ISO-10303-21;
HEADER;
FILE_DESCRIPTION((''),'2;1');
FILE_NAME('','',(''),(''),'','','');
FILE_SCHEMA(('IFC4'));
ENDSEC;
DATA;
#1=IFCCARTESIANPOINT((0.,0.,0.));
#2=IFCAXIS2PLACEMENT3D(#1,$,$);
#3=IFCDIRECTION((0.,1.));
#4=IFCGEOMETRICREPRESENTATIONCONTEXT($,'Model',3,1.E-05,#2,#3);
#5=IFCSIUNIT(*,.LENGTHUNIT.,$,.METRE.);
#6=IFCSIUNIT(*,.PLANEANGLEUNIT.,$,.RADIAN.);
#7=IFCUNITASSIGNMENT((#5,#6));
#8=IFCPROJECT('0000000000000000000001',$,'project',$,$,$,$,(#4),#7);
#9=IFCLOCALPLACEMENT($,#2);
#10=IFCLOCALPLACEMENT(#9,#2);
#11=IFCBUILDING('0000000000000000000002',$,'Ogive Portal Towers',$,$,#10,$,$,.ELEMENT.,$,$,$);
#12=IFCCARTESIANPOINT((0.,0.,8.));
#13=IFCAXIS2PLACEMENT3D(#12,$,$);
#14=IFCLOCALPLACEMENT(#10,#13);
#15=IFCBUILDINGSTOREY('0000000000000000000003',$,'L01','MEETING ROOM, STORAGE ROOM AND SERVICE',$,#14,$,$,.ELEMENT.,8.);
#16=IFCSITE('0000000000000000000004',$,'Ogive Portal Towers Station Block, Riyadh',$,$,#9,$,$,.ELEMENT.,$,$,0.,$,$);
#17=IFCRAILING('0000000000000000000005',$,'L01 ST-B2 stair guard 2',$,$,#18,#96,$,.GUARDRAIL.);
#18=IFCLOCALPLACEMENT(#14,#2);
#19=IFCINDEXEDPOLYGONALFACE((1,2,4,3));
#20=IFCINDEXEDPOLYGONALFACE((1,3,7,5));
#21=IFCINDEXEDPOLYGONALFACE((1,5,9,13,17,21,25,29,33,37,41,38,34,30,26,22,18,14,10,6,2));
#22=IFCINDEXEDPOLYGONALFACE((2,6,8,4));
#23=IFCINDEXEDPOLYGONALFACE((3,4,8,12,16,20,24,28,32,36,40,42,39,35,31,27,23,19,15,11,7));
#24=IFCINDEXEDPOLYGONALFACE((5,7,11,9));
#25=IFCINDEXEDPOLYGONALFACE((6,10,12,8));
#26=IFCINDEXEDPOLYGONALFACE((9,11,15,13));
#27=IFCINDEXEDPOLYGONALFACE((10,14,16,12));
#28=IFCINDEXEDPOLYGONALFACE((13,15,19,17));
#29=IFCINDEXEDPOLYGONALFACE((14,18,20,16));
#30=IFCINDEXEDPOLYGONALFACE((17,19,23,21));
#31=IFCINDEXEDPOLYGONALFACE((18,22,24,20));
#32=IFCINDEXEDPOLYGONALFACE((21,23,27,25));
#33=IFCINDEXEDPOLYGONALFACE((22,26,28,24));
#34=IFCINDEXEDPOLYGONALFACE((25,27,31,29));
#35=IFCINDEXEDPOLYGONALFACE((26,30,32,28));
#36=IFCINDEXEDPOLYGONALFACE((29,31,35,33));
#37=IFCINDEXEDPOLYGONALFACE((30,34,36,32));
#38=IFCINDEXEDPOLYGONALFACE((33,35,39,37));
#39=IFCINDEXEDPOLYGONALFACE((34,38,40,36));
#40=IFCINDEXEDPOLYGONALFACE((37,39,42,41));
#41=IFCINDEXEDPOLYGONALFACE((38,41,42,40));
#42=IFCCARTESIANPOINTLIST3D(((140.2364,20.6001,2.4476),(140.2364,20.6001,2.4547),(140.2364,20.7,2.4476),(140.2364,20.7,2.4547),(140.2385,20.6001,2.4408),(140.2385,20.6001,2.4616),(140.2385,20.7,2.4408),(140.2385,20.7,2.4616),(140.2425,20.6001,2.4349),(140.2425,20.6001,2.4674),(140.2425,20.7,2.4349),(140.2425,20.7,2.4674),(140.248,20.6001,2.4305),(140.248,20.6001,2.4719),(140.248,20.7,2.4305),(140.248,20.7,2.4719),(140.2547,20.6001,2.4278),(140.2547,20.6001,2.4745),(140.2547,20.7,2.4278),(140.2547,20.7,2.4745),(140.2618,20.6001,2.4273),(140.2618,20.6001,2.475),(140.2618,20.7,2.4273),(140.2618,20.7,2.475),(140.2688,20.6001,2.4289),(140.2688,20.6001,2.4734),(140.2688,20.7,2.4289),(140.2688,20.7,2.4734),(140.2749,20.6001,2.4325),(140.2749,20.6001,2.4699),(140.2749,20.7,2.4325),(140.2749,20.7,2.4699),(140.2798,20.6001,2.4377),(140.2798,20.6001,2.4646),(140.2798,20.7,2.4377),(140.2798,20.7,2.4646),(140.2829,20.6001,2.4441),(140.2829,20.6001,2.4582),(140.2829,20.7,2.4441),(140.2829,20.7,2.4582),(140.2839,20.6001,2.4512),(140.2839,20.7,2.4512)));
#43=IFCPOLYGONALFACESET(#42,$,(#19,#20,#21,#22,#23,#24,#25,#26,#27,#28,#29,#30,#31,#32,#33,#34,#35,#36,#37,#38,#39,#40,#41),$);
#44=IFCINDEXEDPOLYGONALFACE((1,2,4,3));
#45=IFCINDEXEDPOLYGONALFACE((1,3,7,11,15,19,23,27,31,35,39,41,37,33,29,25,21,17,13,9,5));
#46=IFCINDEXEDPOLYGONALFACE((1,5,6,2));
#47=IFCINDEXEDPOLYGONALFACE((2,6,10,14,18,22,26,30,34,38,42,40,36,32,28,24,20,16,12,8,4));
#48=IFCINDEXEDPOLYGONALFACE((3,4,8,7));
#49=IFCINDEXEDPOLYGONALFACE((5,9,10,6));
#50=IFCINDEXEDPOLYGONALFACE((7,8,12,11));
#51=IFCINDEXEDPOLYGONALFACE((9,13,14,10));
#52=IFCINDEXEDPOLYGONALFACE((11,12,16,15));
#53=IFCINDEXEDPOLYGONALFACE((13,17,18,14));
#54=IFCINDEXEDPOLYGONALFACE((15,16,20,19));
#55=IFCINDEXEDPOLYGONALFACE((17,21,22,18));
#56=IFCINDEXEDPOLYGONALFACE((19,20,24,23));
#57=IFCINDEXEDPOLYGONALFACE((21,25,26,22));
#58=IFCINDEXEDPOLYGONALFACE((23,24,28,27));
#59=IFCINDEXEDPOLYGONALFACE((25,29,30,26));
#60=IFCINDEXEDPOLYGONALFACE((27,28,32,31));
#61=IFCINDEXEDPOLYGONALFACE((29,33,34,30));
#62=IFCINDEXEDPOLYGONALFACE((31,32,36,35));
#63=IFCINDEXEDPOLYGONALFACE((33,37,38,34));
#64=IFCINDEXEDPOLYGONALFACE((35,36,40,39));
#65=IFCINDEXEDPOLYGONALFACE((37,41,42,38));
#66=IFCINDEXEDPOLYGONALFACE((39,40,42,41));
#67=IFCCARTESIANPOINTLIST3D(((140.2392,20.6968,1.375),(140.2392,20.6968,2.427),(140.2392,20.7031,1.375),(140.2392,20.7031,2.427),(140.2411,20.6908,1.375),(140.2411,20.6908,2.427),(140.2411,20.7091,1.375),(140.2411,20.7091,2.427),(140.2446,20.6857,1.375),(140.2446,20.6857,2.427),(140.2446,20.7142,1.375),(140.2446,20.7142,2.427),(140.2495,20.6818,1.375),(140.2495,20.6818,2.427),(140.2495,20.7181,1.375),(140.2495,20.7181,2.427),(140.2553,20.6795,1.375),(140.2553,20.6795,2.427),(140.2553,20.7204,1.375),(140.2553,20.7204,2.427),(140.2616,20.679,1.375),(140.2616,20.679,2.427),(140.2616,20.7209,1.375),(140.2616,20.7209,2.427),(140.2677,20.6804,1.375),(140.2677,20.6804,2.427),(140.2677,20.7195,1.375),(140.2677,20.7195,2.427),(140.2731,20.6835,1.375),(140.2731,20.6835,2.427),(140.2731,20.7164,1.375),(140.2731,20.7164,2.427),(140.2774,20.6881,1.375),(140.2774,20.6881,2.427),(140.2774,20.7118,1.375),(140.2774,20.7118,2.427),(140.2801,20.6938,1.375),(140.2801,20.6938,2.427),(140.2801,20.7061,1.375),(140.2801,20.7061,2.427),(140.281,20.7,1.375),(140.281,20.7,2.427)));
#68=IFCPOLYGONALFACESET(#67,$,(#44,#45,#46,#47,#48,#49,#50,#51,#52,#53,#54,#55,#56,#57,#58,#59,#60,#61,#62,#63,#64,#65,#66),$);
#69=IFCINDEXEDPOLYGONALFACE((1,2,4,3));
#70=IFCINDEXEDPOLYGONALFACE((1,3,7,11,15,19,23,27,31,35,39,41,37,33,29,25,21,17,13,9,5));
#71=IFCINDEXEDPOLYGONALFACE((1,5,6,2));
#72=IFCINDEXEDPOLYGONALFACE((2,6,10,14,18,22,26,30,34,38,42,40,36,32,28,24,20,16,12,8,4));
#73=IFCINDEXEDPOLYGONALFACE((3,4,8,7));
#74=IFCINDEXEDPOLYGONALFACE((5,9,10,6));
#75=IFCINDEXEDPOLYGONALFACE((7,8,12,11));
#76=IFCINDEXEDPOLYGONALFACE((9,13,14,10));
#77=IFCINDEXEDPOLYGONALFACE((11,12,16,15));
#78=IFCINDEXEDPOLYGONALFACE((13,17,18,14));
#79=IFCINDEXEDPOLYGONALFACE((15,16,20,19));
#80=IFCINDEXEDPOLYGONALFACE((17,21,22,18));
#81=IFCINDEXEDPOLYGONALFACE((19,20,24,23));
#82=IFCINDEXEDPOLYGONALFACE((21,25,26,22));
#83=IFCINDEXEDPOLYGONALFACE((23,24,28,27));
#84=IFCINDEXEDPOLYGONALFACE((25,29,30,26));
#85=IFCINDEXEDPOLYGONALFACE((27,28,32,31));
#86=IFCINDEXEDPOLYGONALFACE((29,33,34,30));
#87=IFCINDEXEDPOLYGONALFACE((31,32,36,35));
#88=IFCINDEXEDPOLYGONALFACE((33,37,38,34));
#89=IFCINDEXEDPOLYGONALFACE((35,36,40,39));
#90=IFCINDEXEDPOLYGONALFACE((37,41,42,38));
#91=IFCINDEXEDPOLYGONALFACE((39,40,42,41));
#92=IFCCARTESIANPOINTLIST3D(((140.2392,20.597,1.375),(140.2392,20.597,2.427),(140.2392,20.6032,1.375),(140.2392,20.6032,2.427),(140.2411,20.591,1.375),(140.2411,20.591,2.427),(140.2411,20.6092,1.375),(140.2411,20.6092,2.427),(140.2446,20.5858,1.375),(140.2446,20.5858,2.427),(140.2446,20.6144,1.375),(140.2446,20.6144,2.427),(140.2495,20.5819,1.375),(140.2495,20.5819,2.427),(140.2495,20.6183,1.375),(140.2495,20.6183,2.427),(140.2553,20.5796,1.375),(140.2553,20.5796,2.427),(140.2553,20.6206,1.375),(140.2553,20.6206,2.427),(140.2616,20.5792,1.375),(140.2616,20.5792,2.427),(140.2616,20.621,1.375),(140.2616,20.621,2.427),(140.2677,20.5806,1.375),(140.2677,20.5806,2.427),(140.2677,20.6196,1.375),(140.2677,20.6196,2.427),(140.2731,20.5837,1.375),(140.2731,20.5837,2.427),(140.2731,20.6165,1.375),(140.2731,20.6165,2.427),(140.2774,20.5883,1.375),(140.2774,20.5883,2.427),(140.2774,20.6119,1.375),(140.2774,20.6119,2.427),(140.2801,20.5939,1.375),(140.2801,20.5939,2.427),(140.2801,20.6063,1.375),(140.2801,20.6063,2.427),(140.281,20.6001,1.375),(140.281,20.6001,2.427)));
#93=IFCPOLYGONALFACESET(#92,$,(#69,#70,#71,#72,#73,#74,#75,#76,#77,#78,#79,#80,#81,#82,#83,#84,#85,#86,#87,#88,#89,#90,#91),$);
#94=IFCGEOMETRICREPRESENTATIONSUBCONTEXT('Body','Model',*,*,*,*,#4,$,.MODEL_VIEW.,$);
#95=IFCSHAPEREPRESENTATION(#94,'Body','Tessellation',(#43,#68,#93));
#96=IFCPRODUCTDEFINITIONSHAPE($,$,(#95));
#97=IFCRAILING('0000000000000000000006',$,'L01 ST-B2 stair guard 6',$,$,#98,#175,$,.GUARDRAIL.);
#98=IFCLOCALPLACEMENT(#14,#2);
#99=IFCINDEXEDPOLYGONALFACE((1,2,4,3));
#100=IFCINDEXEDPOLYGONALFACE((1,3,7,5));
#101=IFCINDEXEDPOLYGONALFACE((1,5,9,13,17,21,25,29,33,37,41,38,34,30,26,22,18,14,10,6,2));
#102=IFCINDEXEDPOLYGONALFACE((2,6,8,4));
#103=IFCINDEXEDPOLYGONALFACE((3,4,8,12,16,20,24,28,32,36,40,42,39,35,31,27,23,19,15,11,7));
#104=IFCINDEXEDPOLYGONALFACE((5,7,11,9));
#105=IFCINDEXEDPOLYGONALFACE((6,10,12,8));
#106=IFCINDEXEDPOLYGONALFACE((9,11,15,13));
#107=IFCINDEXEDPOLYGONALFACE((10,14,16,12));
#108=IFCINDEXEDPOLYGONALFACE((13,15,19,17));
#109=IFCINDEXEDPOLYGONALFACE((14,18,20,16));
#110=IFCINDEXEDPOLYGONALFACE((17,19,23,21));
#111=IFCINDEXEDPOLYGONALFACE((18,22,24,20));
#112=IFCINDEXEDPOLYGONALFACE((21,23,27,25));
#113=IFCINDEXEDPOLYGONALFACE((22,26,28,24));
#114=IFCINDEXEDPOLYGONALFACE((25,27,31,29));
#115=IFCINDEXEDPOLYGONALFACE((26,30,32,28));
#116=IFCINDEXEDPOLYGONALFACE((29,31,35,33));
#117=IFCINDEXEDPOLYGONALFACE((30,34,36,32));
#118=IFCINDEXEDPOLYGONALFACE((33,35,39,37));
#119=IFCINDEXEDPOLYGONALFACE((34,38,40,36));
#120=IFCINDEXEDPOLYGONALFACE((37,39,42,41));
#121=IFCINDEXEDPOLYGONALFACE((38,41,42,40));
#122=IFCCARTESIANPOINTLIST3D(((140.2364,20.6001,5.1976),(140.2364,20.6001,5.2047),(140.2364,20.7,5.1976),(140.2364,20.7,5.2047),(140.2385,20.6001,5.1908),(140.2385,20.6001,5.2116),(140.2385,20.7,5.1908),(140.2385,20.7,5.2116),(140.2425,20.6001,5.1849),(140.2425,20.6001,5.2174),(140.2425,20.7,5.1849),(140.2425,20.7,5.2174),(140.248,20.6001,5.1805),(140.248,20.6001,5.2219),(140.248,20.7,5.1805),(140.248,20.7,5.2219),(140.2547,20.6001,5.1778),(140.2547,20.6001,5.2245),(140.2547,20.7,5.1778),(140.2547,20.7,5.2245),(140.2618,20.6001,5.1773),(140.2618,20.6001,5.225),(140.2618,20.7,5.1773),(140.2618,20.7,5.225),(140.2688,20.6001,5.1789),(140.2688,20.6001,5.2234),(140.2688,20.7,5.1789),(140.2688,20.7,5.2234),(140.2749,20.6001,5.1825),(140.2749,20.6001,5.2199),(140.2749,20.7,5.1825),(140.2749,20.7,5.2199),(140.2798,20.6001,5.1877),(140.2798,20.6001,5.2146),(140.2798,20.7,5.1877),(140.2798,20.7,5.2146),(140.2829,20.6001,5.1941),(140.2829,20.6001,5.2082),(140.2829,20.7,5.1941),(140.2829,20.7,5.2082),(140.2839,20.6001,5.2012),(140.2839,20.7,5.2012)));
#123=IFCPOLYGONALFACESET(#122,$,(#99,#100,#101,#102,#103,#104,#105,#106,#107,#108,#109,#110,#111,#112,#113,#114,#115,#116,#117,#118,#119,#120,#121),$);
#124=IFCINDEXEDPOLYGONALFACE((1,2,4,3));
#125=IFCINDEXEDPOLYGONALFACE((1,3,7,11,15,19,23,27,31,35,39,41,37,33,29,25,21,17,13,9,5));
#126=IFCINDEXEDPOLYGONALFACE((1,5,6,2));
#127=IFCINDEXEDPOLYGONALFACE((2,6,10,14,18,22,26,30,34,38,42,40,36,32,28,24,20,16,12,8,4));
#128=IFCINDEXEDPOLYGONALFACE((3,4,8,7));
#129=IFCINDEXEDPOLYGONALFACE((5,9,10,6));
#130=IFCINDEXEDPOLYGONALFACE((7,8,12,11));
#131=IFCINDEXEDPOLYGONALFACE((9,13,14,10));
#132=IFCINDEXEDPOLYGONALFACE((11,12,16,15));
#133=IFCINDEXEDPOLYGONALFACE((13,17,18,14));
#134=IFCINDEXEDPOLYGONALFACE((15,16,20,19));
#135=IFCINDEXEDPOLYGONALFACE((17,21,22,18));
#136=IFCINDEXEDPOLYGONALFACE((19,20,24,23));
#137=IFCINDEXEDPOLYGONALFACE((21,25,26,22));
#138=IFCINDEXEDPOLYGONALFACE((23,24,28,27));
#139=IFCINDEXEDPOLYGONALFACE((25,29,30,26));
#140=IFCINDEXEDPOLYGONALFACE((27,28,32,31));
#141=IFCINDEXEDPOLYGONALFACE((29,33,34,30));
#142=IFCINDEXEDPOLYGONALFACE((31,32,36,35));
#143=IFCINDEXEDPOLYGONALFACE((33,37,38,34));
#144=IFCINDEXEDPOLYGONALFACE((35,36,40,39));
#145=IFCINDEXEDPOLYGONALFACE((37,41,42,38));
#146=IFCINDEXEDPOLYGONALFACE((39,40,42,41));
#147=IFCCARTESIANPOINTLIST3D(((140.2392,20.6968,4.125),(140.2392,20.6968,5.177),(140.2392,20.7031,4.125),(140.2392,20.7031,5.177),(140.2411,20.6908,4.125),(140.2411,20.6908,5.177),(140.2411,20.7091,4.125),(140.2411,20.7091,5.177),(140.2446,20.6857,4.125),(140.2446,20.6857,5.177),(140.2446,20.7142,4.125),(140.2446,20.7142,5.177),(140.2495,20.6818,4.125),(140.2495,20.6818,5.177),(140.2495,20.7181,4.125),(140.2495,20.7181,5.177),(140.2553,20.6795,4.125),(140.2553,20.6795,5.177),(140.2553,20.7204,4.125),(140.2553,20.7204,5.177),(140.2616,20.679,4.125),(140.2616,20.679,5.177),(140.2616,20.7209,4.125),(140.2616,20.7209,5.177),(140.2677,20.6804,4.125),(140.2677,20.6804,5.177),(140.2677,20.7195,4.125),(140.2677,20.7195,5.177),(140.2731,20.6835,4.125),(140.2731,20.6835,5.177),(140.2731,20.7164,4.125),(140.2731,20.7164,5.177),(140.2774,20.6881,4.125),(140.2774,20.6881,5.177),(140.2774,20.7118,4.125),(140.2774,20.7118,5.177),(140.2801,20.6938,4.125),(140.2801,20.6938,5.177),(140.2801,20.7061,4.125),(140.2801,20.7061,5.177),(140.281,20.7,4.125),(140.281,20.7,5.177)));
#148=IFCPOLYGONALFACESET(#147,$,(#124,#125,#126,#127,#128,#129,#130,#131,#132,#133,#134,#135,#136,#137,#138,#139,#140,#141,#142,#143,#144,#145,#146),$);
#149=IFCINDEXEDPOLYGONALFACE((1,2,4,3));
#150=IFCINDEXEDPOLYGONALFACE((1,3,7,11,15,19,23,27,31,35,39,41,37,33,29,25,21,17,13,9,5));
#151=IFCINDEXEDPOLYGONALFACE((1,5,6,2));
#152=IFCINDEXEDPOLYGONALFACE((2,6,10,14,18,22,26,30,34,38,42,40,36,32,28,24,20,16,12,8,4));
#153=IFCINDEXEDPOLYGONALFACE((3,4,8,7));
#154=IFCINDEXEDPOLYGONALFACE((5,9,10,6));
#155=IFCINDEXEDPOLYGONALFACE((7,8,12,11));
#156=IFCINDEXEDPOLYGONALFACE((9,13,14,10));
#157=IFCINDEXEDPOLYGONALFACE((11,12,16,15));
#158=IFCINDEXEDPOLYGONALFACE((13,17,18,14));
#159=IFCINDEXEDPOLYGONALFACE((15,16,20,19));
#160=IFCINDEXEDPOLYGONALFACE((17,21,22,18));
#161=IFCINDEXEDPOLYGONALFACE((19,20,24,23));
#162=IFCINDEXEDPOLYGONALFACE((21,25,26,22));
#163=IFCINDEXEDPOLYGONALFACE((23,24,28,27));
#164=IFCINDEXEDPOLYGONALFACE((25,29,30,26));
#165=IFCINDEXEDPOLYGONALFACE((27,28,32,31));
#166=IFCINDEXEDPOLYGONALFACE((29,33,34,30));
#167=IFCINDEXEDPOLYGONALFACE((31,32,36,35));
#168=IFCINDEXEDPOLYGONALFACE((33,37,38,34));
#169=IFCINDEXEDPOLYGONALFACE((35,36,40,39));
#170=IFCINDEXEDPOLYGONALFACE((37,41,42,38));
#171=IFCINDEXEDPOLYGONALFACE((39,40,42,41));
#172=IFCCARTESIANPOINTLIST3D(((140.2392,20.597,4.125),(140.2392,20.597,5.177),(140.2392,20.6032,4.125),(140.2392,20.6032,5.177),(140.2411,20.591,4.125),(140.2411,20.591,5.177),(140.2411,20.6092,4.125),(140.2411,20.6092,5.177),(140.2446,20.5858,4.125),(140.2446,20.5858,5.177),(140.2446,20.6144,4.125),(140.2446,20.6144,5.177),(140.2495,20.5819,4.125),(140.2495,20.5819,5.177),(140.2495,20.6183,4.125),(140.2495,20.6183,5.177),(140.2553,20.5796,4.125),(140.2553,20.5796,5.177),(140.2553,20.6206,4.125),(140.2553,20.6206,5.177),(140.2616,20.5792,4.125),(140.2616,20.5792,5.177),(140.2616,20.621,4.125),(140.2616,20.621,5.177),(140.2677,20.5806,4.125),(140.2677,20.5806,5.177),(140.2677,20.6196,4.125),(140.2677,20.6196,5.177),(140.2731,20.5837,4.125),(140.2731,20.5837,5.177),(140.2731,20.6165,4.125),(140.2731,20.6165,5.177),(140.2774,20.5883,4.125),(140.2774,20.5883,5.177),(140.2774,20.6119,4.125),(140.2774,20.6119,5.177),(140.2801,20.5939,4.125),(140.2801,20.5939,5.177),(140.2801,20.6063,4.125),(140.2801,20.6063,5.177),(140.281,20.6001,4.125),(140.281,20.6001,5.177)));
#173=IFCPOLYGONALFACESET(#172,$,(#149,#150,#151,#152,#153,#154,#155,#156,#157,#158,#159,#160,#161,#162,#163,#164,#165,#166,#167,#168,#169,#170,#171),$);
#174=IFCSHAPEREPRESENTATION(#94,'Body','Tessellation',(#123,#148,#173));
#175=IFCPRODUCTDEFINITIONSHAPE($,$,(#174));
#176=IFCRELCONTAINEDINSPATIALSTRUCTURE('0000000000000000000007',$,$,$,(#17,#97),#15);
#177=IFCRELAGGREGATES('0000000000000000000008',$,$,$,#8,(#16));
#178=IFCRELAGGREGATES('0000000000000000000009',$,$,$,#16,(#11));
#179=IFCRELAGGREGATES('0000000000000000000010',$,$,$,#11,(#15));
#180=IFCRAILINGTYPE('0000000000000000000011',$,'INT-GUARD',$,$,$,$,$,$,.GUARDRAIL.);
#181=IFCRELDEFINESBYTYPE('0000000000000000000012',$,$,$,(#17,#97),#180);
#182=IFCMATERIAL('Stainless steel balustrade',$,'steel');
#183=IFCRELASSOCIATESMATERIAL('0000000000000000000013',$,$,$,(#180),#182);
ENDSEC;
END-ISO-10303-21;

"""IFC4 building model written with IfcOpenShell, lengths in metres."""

from ifc_helpers import new_model, si_unit, direction, frame, origin, origin_2d, place, context, subcontext, project, spatial, circle, extrude, material, type_object, element, save


model = new_model("IFC4")

# Units and contexts
model_context = context("Model", 3, precision=1e-05, world=origin(), true_north=direction((0.0, 1.0)))
body_context = subcontext(model_context, "Body", "Model", "MODEL_VIEW")
ifc_project = project(units=[si_unit("LENGTHUNIT", "METRE"), si_unit("PLANEANGLEUNIT", "RADIAN")], contexts=[model_context])

# Site, building, storey
site_placement = place(None, origin())
site = spatial("IfcSite", under=ifc_project, at=site_placement, Name="Ogive Portal Towers Station Block, Riyadh", CompositionType="ELEMENT", RefElevation=0.0)
building_placement = place(site_placement, origin())
building = spatial("IfcBuilding", under=site, at=building_placement, Name="Ogive Portal Towers", CompositionType="ELEMENT")
storey_placement = place(building_placement, frame((0.0, 0.0, 8.0)))
storey = spatial("IfcBuildingStorey", under=building, at=storey_placement, Name="L01", Description="MEETING ROOM, STORAGE ROOM AND SERVICE", CompositionType="ELEMENT", Elevation=8.0)

# Railings
ifc_material_1 = material(Name="Stainless steel balustrade", Category="steel")
railing_type = type_object("IfcRailingType", Name="INT-GUARD", PredefinedType="GUARDRAIL", material=ifc_material_1)
for number, where, name in (
    (1, (140.26, 20.7, 1.375), "L01 ST-B2 stair guard 2"),
    (2, (140.26, 20.7, 4.125), "L01 ST-B2 stair guard 6"),
):
    element("IfcRailing", number, at=place(storey_placement, frame(where)), inside=storey, type_object=railing_type, Name=name, PredefinedType="GUARDRAIL", context=body_context, shape_type="SweptSolid", body=[
        extrude(circle(Radius=0.0239, at=origin_2d()), frame((0.0, 0.0, 1.0762), z_axis=(0.0, -1.0, 0.0), x_axis=(1.0, 0.0, 0.0)), (0.0, 0.0, 1.0), 0.0999),
        extrude(circle(Radius=0.021, at=origin_2d()), origin(), (0.0, 0.0, 1.0), 1.052),
        extrude(circle(Radius=0.021, at=origin_2d()), frame((0.0, -0.0999, 0.0)), (0.0, 0.0, 1.0), 1.052),
    ])

save(model, "model.ifc")
